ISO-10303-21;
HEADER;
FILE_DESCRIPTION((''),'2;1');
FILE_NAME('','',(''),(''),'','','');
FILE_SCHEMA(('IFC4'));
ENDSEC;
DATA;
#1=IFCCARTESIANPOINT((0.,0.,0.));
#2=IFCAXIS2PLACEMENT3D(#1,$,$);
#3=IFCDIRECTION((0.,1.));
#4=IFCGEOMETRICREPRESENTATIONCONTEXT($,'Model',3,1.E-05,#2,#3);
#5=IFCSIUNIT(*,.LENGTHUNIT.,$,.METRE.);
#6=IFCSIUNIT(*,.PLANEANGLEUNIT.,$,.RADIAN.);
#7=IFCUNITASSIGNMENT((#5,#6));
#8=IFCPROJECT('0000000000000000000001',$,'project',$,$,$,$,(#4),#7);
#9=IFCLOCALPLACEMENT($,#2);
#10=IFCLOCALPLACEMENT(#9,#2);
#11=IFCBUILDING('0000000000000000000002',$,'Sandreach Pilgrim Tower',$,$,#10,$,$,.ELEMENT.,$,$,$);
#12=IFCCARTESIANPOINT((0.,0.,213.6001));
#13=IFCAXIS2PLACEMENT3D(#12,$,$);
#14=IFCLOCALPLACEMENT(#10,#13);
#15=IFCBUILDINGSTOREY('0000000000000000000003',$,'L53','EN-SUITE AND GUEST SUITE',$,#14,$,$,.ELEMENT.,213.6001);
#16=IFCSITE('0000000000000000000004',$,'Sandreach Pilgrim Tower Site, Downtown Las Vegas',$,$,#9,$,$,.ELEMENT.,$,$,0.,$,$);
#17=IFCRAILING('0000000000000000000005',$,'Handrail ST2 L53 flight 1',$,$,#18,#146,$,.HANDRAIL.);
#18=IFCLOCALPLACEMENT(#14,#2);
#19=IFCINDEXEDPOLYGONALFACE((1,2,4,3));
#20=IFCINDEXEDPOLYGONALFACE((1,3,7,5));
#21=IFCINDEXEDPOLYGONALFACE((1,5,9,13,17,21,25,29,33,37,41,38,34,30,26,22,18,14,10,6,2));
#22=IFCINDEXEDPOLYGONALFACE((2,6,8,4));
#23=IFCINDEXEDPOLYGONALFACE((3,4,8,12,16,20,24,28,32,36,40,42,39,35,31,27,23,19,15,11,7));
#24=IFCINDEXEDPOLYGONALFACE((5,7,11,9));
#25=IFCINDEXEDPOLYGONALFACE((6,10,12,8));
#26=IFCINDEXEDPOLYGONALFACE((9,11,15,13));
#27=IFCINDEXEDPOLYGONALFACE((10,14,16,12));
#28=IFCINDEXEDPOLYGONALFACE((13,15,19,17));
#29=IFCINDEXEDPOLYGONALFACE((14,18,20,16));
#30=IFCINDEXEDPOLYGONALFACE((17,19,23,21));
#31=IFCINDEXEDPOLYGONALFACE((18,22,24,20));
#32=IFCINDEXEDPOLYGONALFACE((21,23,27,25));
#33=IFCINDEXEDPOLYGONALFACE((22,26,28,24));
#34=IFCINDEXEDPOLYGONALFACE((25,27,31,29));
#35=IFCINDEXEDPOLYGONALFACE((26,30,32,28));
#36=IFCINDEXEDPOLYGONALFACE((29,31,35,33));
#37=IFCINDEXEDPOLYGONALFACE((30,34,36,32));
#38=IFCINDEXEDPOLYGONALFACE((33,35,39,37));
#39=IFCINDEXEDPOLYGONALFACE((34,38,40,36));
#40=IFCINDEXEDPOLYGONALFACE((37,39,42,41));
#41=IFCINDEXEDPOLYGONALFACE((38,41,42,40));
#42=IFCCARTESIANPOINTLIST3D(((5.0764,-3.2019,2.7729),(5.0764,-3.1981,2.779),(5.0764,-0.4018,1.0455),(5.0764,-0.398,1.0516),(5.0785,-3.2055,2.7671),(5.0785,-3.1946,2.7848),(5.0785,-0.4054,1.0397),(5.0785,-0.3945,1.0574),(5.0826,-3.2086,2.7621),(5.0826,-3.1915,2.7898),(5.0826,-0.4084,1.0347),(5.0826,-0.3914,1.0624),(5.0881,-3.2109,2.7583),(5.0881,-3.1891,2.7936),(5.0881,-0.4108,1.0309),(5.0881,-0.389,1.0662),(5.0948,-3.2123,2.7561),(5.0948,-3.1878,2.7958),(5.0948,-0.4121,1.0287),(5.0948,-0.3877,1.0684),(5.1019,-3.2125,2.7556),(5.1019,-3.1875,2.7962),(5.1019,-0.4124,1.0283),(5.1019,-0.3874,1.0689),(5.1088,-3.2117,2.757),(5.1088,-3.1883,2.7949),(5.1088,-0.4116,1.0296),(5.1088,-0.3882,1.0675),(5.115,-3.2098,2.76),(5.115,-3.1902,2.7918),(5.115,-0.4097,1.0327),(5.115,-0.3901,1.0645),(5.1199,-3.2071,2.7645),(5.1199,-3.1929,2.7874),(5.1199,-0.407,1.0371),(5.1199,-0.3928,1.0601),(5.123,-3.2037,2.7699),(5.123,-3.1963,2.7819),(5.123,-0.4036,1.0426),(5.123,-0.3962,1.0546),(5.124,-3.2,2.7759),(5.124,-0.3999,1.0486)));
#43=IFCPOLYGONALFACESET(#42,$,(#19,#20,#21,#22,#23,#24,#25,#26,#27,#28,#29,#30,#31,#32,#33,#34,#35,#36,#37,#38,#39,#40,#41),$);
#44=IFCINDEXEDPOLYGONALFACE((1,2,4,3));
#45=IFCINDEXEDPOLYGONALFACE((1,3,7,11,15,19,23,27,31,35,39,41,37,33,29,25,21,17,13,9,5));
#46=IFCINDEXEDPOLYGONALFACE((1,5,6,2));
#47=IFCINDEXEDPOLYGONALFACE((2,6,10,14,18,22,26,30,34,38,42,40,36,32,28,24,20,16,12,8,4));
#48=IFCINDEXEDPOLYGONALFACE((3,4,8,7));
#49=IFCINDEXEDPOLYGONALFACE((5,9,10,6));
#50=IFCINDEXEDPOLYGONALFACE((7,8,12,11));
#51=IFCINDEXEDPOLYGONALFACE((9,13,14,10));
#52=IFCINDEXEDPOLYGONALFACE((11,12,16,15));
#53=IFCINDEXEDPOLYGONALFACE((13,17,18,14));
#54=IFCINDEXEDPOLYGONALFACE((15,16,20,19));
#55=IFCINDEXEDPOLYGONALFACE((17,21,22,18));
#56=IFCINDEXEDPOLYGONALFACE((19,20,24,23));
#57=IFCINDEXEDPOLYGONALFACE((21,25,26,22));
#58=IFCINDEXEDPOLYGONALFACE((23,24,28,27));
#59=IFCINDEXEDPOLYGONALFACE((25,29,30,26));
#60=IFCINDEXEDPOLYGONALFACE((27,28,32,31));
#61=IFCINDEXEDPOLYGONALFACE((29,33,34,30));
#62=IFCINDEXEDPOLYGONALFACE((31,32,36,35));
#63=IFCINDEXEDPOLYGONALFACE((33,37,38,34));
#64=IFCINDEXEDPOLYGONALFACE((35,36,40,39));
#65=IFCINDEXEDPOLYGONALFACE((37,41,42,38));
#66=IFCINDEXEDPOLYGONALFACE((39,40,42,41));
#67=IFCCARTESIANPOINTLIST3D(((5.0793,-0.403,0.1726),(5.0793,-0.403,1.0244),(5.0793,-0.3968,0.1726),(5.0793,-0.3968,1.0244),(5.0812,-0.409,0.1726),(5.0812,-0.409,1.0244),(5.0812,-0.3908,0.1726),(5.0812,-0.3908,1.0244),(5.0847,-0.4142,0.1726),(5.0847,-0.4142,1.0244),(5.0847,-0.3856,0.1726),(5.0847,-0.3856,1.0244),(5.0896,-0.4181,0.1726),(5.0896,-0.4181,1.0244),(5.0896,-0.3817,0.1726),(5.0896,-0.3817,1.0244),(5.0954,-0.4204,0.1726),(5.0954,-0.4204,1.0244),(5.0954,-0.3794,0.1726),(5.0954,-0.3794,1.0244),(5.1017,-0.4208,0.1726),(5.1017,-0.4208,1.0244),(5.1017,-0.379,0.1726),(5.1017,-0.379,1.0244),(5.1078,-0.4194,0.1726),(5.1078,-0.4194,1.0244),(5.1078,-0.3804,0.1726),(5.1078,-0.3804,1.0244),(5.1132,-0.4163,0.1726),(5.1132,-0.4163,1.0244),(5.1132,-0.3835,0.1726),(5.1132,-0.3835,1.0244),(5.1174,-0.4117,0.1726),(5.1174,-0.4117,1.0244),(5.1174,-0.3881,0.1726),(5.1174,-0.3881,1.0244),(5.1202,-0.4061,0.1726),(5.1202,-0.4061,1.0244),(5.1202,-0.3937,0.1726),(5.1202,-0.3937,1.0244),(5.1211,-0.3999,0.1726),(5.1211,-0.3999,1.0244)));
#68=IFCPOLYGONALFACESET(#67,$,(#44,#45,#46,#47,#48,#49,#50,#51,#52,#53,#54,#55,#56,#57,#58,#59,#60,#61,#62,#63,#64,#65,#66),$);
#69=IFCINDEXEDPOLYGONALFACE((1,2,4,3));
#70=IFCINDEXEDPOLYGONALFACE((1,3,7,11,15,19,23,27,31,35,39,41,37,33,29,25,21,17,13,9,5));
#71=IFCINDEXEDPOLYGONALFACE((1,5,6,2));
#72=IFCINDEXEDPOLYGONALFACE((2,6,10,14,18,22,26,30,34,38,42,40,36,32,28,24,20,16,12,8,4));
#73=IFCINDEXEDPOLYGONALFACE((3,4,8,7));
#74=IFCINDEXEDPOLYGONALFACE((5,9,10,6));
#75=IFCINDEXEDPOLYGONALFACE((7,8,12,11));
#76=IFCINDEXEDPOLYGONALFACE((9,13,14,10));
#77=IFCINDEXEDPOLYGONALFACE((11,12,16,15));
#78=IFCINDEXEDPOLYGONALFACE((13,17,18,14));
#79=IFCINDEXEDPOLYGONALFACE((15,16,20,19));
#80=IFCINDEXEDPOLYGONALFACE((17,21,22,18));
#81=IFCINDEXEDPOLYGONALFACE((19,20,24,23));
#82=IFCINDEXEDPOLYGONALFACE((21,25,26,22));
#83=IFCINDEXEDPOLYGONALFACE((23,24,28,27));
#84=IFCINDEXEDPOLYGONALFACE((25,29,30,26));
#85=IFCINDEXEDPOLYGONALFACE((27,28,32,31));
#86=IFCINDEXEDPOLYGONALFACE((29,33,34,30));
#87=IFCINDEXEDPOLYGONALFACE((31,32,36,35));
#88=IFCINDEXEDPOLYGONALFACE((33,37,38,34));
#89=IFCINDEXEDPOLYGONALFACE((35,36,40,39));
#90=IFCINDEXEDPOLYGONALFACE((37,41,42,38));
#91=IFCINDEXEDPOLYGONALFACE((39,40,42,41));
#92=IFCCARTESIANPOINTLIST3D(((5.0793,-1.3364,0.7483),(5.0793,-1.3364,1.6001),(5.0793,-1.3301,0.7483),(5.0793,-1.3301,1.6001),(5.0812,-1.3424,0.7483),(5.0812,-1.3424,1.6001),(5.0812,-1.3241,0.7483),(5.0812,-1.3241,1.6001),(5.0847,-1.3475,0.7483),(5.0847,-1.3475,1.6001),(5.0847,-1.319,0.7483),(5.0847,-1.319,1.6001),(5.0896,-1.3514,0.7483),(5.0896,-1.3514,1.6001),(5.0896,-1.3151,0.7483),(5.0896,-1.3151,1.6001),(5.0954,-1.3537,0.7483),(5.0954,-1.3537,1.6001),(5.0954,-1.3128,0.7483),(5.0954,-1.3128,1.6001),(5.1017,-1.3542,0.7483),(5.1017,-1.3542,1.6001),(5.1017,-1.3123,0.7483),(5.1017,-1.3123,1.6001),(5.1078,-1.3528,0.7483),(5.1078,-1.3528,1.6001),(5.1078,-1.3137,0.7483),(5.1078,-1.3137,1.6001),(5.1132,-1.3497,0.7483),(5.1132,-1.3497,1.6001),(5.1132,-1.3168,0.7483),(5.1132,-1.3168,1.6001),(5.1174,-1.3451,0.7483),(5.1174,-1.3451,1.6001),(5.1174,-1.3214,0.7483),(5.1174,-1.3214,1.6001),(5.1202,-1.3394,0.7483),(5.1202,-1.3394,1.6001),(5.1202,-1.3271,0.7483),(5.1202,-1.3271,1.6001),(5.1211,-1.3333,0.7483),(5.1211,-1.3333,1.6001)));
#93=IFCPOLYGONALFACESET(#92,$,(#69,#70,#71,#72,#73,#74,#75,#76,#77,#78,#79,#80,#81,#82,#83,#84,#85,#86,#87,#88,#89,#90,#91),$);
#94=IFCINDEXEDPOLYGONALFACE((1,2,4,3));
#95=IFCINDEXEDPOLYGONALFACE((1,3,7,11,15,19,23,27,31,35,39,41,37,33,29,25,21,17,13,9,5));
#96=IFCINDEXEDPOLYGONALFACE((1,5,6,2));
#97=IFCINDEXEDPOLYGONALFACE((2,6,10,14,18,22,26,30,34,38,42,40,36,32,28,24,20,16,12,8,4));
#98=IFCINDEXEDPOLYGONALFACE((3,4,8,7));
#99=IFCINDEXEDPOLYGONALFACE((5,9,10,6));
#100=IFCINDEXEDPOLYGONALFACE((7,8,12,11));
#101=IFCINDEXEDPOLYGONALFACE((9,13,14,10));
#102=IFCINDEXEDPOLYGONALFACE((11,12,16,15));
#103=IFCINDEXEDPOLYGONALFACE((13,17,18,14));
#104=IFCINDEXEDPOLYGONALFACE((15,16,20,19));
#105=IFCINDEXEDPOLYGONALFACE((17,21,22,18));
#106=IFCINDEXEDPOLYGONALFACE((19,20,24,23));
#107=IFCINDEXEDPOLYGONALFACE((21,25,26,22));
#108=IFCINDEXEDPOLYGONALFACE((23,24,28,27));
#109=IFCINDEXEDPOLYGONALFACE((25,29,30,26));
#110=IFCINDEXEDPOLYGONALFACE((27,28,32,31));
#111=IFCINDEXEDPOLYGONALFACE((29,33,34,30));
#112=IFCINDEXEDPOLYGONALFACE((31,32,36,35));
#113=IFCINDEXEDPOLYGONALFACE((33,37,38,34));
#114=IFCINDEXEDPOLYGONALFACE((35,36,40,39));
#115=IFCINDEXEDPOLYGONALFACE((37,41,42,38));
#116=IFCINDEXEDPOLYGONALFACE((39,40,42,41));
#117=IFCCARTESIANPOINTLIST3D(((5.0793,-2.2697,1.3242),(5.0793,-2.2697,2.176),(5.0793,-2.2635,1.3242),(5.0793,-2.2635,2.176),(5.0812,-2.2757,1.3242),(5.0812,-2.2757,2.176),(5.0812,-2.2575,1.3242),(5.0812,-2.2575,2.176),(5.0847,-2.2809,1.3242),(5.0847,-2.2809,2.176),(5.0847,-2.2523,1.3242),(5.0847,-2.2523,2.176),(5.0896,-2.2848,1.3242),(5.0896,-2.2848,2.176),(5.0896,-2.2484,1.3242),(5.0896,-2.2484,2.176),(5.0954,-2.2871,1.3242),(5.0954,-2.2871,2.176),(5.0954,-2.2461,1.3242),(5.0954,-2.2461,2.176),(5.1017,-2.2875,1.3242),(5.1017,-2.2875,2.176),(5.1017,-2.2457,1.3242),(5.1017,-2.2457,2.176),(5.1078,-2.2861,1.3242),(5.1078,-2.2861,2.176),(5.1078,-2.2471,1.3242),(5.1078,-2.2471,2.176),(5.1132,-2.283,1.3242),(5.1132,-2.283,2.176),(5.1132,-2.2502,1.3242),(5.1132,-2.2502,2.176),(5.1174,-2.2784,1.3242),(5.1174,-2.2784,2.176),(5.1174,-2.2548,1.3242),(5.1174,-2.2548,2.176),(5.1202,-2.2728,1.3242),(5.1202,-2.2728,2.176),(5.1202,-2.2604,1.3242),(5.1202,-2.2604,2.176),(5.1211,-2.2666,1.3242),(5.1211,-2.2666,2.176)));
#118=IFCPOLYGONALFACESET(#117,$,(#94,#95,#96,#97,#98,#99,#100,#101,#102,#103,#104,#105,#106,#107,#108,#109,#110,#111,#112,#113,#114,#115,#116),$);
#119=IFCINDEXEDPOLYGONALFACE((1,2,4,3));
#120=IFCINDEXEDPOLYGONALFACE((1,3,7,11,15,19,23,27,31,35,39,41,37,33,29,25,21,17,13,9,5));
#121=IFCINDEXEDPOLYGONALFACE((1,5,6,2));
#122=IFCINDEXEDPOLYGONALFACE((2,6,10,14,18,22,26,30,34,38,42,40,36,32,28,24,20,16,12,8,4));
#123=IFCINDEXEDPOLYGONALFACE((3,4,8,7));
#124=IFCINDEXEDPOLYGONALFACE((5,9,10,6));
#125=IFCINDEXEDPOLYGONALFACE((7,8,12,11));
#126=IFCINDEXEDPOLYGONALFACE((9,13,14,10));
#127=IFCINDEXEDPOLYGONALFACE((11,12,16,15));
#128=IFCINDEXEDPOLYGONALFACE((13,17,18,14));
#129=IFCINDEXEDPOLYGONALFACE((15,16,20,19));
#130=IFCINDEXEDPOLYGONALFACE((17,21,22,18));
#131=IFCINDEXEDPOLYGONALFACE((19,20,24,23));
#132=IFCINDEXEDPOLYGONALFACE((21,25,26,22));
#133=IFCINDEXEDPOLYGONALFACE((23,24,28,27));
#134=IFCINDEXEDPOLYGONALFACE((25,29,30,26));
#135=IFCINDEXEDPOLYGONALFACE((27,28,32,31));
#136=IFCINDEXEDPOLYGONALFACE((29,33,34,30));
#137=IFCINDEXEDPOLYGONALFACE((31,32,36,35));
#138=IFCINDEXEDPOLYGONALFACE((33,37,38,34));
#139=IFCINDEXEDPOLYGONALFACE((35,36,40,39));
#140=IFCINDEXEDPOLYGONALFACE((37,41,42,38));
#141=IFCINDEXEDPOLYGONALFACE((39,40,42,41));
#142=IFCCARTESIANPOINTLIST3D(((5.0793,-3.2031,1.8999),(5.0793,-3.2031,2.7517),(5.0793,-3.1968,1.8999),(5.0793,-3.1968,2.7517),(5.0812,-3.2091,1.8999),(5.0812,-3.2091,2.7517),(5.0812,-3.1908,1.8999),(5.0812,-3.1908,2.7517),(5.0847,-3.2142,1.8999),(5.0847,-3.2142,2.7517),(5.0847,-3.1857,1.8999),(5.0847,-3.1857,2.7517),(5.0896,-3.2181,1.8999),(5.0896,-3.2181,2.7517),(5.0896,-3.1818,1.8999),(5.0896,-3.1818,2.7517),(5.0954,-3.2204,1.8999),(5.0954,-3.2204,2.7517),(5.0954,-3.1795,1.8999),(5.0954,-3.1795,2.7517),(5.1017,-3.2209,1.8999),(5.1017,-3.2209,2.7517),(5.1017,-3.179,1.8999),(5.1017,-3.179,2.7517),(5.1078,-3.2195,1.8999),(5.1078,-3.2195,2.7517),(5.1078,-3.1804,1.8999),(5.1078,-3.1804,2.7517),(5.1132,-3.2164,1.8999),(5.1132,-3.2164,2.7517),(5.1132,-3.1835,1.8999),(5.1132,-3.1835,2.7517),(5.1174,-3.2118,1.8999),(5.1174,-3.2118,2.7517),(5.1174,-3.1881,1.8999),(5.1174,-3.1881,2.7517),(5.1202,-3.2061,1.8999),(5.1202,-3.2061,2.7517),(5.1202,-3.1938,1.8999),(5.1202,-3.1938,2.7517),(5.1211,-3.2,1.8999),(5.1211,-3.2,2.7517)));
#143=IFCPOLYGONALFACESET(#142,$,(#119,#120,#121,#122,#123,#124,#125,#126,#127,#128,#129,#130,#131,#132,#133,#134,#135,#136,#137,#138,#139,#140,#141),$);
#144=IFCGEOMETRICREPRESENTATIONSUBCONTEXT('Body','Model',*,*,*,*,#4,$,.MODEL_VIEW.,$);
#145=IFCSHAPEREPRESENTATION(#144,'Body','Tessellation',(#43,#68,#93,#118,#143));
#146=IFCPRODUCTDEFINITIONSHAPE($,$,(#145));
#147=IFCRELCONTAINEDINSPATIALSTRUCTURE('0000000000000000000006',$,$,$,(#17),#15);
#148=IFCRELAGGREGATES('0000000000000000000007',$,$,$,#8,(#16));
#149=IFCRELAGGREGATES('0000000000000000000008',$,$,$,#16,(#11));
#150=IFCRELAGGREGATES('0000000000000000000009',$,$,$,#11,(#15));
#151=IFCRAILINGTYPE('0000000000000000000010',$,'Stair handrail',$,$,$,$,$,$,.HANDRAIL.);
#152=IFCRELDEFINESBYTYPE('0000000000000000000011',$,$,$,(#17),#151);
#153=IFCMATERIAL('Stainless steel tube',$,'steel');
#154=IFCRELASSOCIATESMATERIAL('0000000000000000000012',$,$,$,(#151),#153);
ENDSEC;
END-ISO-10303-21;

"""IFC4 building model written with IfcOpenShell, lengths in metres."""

from ifc_helpers import new_model, si_unit, direction, frame, origin, origin_2d, place, context, subcontext, project, spatial, circle, extrude, material, type_object, element, save


model = new_model("IFC4")

# Units and contexts
model_context = context("Model", 3, precision=1e-05, world=origin(), true_north=direction((0.0, 1.0)))
body_context = subcontext(model_context, "Body", "Model", "MODEL_VIEW")
ifc_project = project(units=[si_unit("LENGTHUNIT", "METRE"), si_unit("PLANEANGLEUNIT", "RADIAN")], contexts=[model_context])

# Site, building, storey
site_placement = place(None, origin())
site = spatial("IfcSite", under=ifc_project, at=site_placement, Name="Sandreach Pilgrim Tower Site, Downtown Las Vegas", CompositionType="ELEMENT", RefElevation=0.0)
building_placement = place(site_placement, origin())
building = spatial("IfcBuilding", under=site, at=building_placement, Name="Sandreach Pilgrim Tower", CompositionType="ELEMENT")
storey_placement = place(building_placement, frame((0.0, 0.0, 213.6001)))
storey = spatial("IfcBuildingStorey", under=building, at=storey_placement, Name="L53", Description="EN-SUITE AND GUEST SUITE", CompositionType="ELEMENT", Elevation=213.6001)

# Railing
ifc_material_1 = material(Name="Stainless steel tube", Category="steel")
railing_type = type_object("IfcRailingType", Name="Stair handrail", PredefinedType="HANDRAIL", material=ifc_material_1)
for number, where, name in (
    (1, (5.1001, -0.3999, 0.1726), "Handrail ST2 L53 flight 1"),
):
    element("IfcRailing", number, at=place(storey_placement, frame(where)), inside=storey, type_object=railing_type, Name=name, PredefinedType="HANDRAIL", context=body_context, shape_type="SweptSolid", body=[
        extrude(circle(Radius=0.0239, at=origin_2d()), frame((0.0, 0.0, 0.876), z_axis=(0.0, -0.85109, 0.52502), x_axis=(1.0, 0.0, 0.0)), (0.0, 0.0, 1.0), 3.29),
        extrude(circle(Radius=0.021, at=origin_2d()), origin(), (0.0, 0.0, 1.0), 0.8518),
        extrude(circle(Radius=0.021, at=origin_2d()), frame((0.0, -0.9333, 0.5757)), (0.0, 0.0, 1.0), 0.8518),
        extrude(circle(Radius=0.021, at=origin_2d()), frame((0.0, -1.8667, 1.1516)), (0.0, 0.0, 1.0), 0.8518),
        extrude(circle(Radius=0.021, at=origin_2d()), frame((0.0, -2.8, 1.7273)), (0.0, 0.0, 1.0), 0.8518),
    ])

save(model, "model.ifc")
